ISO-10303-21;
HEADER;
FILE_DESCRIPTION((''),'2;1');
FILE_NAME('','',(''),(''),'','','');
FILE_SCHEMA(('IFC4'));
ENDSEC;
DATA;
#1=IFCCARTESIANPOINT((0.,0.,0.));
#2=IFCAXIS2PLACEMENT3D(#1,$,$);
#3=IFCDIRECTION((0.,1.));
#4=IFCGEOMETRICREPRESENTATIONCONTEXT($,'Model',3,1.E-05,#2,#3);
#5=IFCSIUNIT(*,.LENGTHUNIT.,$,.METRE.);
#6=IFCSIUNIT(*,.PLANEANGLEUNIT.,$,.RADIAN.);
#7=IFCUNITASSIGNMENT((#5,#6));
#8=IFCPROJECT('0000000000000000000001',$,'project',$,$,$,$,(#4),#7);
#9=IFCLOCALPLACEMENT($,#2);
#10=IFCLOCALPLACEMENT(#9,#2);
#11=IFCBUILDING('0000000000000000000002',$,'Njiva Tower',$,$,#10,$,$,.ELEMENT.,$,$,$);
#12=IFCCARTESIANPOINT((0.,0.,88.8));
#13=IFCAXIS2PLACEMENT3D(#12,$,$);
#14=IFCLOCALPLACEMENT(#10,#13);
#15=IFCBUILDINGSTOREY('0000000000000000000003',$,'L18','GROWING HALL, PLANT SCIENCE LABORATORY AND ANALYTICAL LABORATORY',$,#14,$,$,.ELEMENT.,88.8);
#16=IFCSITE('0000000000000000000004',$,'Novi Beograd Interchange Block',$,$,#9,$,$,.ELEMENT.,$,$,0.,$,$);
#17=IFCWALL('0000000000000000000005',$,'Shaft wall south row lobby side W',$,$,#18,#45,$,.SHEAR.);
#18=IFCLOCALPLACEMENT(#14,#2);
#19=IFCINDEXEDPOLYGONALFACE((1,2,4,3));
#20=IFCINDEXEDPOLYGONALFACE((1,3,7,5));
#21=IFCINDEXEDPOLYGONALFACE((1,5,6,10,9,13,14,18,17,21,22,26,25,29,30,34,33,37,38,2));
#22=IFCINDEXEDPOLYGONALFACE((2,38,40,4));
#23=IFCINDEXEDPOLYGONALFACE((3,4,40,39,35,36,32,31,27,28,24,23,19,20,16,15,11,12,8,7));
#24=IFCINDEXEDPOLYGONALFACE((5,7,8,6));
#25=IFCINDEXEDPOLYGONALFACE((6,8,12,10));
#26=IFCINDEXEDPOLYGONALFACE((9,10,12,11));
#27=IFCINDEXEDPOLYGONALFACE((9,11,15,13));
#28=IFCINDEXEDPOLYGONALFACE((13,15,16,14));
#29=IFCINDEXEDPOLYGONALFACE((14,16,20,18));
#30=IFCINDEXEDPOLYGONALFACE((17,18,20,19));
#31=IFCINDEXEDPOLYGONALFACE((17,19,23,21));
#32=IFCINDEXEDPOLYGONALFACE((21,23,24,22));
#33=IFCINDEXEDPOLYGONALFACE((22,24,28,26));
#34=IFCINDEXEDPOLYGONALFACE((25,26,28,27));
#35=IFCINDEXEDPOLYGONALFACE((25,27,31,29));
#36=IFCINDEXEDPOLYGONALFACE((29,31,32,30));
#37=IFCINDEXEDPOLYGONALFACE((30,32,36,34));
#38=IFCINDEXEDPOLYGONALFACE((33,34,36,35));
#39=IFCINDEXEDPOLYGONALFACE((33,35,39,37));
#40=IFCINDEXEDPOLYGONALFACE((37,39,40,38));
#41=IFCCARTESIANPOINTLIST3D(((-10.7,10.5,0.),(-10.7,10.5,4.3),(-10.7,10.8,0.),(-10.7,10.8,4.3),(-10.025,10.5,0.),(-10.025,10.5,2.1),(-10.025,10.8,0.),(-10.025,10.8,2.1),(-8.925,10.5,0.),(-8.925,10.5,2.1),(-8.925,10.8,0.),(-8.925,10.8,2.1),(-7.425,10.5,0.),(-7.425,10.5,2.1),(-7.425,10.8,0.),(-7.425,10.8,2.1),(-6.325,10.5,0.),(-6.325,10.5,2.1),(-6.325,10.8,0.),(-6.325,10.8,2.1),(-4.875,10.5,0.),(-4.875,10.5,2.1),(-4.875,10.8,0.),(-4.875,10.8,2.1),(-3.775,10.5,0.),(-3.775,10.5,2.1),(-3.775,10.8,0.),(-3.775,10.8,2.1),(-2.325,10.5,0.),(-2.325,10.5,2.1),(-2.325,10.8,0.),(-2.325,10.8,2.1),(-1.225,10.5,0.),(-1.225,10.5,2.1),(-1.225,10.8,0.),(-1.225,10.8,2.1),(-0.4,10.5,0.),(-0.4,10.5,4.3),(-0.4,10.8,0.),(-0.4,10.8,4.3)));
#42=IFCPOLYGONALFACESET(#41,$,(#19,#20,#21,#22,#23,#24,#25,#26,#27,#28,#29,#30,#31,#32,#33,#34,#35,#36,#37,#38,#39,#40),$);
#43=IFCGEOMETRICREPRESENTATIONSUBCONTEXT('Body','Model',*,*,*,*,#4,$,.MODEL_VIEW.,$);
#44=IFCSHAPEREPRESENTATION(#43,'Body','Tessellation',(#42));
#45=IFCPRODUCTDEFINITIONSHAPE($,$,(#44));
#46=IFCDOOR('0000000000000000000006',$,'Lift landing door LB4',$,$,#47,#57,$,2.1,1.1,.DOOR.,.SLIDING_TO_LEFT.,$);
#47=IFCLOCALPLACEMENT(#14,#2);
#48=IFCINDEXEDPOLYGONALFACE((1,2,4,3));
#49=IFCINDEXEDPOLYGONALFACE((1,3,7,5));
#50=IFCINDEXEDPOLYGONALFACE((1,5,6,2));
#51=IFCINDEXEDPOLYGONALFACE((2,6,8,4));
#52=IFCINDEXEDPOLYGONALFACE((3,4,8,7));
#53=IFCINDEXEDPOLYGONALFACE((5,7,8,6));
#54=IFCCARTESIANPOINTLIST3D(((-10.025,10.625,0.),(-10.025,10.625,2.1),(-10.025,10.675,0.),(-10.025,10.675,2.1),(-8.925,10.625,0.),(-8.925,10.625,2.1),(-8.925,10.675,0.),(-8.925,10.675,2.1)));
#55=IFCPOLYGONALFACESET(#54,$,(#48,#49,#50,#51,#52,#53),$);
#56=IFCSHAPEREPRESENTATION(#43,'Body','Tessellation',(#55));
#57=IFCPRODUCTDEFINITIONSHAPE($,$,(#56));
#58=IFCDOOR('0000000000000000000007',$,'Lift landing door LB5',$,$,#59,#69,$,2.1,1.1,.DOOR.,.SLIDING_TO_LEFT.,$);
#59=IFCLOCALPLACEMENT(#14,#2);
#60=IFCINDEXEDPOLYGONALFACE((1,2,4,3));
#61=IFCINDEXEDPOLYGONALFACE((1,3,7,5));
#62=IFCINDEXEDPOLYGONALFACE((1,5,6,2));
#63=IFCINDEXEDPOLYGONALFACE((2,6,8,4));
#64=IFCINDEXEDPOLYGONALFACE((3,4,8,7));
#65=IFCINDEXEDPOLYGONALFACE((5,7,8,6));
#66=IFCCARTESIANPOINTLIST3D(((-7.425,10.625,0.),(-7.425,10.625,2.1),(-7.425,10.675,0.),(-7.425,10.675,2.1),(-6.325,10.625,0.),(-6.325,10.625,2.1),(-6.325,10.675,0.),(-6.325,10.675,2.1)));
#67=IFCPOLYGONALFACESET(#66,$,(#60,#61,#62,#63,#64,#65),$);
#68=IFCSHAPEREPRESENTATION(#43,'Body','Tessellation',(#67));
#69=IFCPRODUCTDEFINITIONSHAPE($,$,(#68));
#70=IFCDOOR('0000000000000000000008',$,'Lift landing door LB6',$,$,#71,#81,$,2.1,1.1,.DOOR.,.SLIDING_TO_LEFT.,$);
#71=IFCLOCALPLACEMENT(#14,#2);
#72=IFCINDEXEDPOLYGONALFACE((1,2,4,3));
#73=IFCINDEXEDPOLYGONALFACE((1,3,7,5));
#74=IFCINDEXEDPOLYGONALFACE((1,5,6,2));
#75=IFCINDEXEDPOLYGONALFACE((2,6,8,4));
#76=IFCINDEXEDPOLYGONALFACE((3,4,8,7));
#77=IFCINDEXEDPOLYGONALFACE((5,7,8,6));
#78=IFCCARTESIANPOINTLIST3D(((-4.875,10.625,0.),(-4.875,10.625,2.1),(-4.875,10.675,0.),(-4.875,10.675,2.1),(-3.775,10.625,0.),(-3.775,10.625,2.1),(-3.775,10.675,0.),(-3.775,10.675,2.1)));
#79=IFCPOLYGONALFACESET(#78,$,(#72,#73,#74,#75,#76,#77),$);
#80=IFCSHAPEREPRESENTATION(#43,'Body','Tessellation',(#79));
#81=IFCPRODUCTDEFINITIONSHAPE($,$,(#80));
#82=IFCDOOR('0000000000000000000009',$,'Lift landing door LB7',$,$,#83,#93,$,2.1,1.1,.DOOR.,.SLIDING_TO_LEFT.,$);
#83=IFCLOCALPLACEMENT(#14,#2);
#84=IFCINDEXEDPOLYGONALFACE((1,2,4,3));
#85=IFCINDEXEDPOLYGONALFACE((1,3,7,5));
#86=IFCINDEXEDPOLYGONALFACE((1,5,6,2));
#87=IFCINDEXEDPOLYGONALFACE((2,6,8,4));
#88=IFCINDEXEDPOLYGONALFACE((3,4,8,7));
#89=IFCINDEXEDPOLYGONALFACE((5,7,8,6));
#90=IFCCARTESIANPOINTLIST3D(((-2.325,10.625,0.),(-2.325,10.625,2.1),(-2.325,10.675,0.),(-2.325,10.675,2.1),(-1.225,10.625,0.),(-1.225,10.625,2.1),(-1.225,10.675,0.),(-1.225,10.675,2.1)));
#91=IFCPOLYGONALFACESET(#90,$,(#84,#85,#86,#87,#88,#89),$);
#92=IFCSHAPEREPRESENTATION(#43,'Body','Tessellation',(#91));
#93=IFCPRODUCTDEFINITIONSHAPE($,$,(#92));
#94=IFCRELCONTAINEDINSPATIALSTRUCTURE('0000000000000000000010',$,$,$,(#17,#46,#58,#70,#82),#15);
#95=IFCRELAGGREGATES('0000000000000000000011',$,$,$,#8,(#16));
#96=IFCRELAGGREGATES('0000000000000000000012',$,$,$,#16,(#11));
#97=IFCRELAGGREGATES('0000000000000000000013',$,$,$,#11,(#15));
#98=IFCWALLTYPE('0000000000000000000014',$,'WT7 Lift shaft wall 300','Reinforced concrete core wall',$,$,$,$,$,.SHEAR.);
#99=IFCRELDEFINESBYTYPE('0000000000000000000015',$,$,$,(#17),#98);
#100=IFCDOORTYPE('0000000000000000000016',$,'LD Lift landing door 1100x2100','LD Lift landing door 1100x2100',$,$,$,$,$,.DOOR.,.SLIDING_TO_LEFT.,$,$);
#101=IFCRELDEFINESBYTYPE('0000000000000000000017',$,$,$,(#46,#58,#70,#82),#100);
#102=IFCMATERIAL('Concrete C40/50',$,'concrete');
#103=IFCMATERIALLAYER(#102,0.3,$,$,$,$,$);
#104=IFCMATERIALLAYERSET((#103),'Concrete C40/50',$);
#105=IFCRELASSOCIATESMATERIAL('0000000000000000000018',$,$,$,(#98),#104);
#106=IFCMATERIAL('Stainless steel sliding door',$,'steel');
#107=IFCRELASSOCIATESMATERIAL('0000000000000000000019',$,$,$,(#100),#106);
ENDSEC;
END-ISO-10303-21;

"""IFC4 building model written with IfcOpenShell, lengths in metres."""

from ifc_helpers import new_model, si_unit, direction, frame, frame_2d, origin, place, context, subcontext, project, spatial, rectangle, extrude, material, layer, layer_set, type_object, element, fill, save


model = new_model("IFC4")

# Units and contexts
model_context = context("Model", 3, precision=1e-05, world=origin(), true_north=direction((0.0, 1.0)))
body_context = subcontext(model_context, "Body", "Model", "MODEL_VIEW")
ifc_project = project(units=[si_unit("LENGTHUNIT", "METRE"), si_unit("PLANEANGLEUNIT", "RADIAN")], contexts=[model_context])

# Site, building, storey
site_placement = place(None, origin())
site = spatial("IfcSite", under=ifc_project, at=site_placement, Name="Novi Beograd Interchange Block", CompositionType="ELEMENT", RefElevation=0.0)
building_placement = place(site_placement, origin())
building = spatial("IfcBuilding", under=site, at=building_placement, Name="Njiva Tower", CompositionType="ELEMENT")
storey_placement = place(building_placement, frame((0.0, 0.0, 88.8)))
storey = spatial("IfcBuildingStorey", under=building, at=storey_placement, Name="L18", Description="GROWING HALL, PLANT SCIENCE LABORATORY AND ANALYTICAL LABORATORY", CompositionType="ELEMENT", Elevation=88.8)

# Shared definitions
ifc_material_1 = material(Name="Concrete C40/50", Category="concrete")

# Wall, openings, doors
ifc_layer_1 = layer(ifc_material_1, 0.3)
ifc_layer_set_1 = layer_set([ifc_layer_1], Name="Concrete C40/50")
wall_type_1 = type_object("IfcWallType", Name="WT7 Lift shaft wall 300", Description="Reinforced concrete core wall", PredefinedType="SHEAR", material=ifc_layer_set_1)
ifc_material_2 = material(Name="Stainless steel sliding door", Category="steel")
door_type_1 = type_object("IfcDoorType", Name="LD Lift landing door 1100x2100", Description="LD Lift landing door 1100x2100", OperationType="SLIDING_TO_LEFT", PredefinedType="DOOR", material=ifc_material_2)
wall_1_placement = place(storey_placement, frame((-10.7, 10.65, 0.0), z_axis=(0.0, 0.0, 1.0), x_axis=(1.0, 0.0, 0.0)))
wall_1 = element("IfcWall", 1, at=wall_1_placement, inside=storey, type_object=wall_type_1, Name="Shaft wall south row lobby side W", PredefinedType="SHEAR", context=body_context, shape_type="SweptSolid", body=[
    extrude(rectangle(XDim=10.3, YDim=0.3, at=frame_2d((5.15, 0.0))), origin(), (0.0, 0.0, 1.0), 4.3),
])
opening_1_placement = place(wall_1_placement, frame((0.675, 0.0, 0.0)))
opening_1 = element("IfcOpeningElement", 2, at=opening_1_placement, cuts=wall_1, PredefinedType="OPENING", context=body_context, shape_type="SweptSolid", body=[
    extrude(rectangle(XDim=1.1, YDim=2.1, at=frame_2d((0.55, 1.05))), frame((0.0, 0.16, 0.0), z_axis=(0.0, -1.0, 0.0), x_axis=(1.0, 0.0, 0.0)), (0.0, 0.0, 1.0), 0.32),
])
opening_2_placement = place(wall_1_placement, frame((3.275, 0.0, 0.0)))
opening_2 = element("IfcOpeningElement", 3, at=opening_2_placement, cuts=wall_1, PredefinedType="OPENING", context=body_context, shape_type="SweptSolid", body=[
    extrude(rectangle(XDim=1.1, YDim=2.1, at=frame_2d((0.55, 1.05))), frame((0.0, 0.16, 0.0), z_axis=(0.0, -1.0, 0.0), x_axis=(1.0, 0.0, 0.0)), (0.0, 0.0, 1.0), 0.32),
])
opening_3_placement = place(wall_1_placement, frame((5.825, 0.0, 0.0)))
opening_3 = element("IfcOpeningElement", 4, at=opening_3_placement, cuts=wall_1, PredefinedType="OPENING", context=body_context, shape_type="SweptSolid", body=[
    extrude(rectangle(XDim=1.1, YDim=2.1, at=frame_2d((0.55, 1.05))), frame((0.0, 0.16, 0.0), z_axis=(0.0, -1.0, 0.0), x_axis=(1.0, 0.0, 0.0)), (0.0, 0.0, 1.0), 0.32),
])
opening_4_placement = place(wall_1_placement, frame((8.375, 0.0, 0.0)))
opening_4 = element("IfcOpeningElement", 5, at=opening_4_placement, cuts=wall_1, PredefinedType="OPENING", context=body_context, shape_type="SweptSolid", body=[
    extrude(rectangle(XDim=1.1, YDim=2.1, at=frame_2d((0.55, 1.05))), frame((0.0, 0.16, 0.0), z_axis=(0.0, -1.0, 0.0), x_axis=(1.0, 0.0, 0.0)), (0.0, 0.0, 1.0), 0.32),
])
door_1_placement = place(opening_1_placement, origin())
door_1 = element("IfcDoor", 6, at=door_1_placement, inside=storey, type_object=door_type_1, Name="Lift landing door LB4", OperationType="SLIDING_TO_LEFT", OverallHeight=2.1, OverallWidth=1.1, PredefinedType="DOOR", context=body_context, shape_type="SweptSolid", body=[
    extrude(rectangle(XDim=1.1, YDim=2.1, at=frame_2d((0.55, 1.05))), frame((0.0, 0.025, 0.0), z_axis=(0.0, -1.0, 0.0), x_axis=(1.0, 0.0, 0.0)), (0.0, 0.0, 1.0), 0.05),
])
fill(opening_1, door_1)
door_2_placement = place(opening_2_placement, origin())
door_2 = element("IfcDoor", 7, at=door_2_placement, inside=storey, type_object=door_type_1, Name="Lift landing door LB5", OperationType="SLIDING_TO_LEFT", OverallHeight=2.1, OverallWidth=1.1, PredefinedType="DOOR", context=body_context, shape_type="SweptSolid", body=[
    extrude(rectangle(XDim=1.1, YDim=2.1, at=frame_2d((0.55, 1.05))), frame((0.0, 0.025, 0.0), z_axis=(0.0, -1.0, 0.0), x_axis=(1.0, 0.0, 0.0)), (0.0, 0.0, 1.0), 0.05),
])
fill(opening_2, door_2)
door_3_placement = place(opening_3_placement, origin())
door_3 = element("IfcDoor", 8, at=door_3_placement, inside=storey, type_object=door_type_1, Name="Lift landing door LB6", OperationType="SLIDING_TO_LEFT", OverallHeight=2.1, OverallWidth=1.1, PredefinedType="DOOR", context=body_context, shape_type="SweptSolid", body=[
    extrude(rectangle(XDim=1.1, YDim=2.1, at=frame_2d((0.55, 1.05))), frame((0.0, 0.025, 0.0), z_axis=(0.0, -1.0, 0.0), x_axis=(1.0, 0.0, 0.0)), (0.0, 0.0, 1.0), 0.05),
])
fill(opening_3, door_3)
door_4_placement = place(opening_4_placement, origin())
door_4 = element("IfcDoor", 9, at=door_4_placement, inside=storey, type_object=door_type_1, Name="Lift landing door LB7", OperationType="SLIDING_TO_LEFT", OverallHeight=2.1, OverallWidth=1.1, PredefinedType="DOOR", context=body_context, shape_type="SweptSolid", body=[
    extrude(rectangle(XDim=1.1, YDim=2.1, at=frame_2d((0.55, 1.05))), frame((0.0, 0.025, 0.0), z_axis=(0.0, -1.0, 0.0), x_axis=(1.0, 0.0, 0.0)), (0.0, 0.0, 1.0), 0.05),
])
fill(opening_4, door_4)

save(model, "model.ifc")
